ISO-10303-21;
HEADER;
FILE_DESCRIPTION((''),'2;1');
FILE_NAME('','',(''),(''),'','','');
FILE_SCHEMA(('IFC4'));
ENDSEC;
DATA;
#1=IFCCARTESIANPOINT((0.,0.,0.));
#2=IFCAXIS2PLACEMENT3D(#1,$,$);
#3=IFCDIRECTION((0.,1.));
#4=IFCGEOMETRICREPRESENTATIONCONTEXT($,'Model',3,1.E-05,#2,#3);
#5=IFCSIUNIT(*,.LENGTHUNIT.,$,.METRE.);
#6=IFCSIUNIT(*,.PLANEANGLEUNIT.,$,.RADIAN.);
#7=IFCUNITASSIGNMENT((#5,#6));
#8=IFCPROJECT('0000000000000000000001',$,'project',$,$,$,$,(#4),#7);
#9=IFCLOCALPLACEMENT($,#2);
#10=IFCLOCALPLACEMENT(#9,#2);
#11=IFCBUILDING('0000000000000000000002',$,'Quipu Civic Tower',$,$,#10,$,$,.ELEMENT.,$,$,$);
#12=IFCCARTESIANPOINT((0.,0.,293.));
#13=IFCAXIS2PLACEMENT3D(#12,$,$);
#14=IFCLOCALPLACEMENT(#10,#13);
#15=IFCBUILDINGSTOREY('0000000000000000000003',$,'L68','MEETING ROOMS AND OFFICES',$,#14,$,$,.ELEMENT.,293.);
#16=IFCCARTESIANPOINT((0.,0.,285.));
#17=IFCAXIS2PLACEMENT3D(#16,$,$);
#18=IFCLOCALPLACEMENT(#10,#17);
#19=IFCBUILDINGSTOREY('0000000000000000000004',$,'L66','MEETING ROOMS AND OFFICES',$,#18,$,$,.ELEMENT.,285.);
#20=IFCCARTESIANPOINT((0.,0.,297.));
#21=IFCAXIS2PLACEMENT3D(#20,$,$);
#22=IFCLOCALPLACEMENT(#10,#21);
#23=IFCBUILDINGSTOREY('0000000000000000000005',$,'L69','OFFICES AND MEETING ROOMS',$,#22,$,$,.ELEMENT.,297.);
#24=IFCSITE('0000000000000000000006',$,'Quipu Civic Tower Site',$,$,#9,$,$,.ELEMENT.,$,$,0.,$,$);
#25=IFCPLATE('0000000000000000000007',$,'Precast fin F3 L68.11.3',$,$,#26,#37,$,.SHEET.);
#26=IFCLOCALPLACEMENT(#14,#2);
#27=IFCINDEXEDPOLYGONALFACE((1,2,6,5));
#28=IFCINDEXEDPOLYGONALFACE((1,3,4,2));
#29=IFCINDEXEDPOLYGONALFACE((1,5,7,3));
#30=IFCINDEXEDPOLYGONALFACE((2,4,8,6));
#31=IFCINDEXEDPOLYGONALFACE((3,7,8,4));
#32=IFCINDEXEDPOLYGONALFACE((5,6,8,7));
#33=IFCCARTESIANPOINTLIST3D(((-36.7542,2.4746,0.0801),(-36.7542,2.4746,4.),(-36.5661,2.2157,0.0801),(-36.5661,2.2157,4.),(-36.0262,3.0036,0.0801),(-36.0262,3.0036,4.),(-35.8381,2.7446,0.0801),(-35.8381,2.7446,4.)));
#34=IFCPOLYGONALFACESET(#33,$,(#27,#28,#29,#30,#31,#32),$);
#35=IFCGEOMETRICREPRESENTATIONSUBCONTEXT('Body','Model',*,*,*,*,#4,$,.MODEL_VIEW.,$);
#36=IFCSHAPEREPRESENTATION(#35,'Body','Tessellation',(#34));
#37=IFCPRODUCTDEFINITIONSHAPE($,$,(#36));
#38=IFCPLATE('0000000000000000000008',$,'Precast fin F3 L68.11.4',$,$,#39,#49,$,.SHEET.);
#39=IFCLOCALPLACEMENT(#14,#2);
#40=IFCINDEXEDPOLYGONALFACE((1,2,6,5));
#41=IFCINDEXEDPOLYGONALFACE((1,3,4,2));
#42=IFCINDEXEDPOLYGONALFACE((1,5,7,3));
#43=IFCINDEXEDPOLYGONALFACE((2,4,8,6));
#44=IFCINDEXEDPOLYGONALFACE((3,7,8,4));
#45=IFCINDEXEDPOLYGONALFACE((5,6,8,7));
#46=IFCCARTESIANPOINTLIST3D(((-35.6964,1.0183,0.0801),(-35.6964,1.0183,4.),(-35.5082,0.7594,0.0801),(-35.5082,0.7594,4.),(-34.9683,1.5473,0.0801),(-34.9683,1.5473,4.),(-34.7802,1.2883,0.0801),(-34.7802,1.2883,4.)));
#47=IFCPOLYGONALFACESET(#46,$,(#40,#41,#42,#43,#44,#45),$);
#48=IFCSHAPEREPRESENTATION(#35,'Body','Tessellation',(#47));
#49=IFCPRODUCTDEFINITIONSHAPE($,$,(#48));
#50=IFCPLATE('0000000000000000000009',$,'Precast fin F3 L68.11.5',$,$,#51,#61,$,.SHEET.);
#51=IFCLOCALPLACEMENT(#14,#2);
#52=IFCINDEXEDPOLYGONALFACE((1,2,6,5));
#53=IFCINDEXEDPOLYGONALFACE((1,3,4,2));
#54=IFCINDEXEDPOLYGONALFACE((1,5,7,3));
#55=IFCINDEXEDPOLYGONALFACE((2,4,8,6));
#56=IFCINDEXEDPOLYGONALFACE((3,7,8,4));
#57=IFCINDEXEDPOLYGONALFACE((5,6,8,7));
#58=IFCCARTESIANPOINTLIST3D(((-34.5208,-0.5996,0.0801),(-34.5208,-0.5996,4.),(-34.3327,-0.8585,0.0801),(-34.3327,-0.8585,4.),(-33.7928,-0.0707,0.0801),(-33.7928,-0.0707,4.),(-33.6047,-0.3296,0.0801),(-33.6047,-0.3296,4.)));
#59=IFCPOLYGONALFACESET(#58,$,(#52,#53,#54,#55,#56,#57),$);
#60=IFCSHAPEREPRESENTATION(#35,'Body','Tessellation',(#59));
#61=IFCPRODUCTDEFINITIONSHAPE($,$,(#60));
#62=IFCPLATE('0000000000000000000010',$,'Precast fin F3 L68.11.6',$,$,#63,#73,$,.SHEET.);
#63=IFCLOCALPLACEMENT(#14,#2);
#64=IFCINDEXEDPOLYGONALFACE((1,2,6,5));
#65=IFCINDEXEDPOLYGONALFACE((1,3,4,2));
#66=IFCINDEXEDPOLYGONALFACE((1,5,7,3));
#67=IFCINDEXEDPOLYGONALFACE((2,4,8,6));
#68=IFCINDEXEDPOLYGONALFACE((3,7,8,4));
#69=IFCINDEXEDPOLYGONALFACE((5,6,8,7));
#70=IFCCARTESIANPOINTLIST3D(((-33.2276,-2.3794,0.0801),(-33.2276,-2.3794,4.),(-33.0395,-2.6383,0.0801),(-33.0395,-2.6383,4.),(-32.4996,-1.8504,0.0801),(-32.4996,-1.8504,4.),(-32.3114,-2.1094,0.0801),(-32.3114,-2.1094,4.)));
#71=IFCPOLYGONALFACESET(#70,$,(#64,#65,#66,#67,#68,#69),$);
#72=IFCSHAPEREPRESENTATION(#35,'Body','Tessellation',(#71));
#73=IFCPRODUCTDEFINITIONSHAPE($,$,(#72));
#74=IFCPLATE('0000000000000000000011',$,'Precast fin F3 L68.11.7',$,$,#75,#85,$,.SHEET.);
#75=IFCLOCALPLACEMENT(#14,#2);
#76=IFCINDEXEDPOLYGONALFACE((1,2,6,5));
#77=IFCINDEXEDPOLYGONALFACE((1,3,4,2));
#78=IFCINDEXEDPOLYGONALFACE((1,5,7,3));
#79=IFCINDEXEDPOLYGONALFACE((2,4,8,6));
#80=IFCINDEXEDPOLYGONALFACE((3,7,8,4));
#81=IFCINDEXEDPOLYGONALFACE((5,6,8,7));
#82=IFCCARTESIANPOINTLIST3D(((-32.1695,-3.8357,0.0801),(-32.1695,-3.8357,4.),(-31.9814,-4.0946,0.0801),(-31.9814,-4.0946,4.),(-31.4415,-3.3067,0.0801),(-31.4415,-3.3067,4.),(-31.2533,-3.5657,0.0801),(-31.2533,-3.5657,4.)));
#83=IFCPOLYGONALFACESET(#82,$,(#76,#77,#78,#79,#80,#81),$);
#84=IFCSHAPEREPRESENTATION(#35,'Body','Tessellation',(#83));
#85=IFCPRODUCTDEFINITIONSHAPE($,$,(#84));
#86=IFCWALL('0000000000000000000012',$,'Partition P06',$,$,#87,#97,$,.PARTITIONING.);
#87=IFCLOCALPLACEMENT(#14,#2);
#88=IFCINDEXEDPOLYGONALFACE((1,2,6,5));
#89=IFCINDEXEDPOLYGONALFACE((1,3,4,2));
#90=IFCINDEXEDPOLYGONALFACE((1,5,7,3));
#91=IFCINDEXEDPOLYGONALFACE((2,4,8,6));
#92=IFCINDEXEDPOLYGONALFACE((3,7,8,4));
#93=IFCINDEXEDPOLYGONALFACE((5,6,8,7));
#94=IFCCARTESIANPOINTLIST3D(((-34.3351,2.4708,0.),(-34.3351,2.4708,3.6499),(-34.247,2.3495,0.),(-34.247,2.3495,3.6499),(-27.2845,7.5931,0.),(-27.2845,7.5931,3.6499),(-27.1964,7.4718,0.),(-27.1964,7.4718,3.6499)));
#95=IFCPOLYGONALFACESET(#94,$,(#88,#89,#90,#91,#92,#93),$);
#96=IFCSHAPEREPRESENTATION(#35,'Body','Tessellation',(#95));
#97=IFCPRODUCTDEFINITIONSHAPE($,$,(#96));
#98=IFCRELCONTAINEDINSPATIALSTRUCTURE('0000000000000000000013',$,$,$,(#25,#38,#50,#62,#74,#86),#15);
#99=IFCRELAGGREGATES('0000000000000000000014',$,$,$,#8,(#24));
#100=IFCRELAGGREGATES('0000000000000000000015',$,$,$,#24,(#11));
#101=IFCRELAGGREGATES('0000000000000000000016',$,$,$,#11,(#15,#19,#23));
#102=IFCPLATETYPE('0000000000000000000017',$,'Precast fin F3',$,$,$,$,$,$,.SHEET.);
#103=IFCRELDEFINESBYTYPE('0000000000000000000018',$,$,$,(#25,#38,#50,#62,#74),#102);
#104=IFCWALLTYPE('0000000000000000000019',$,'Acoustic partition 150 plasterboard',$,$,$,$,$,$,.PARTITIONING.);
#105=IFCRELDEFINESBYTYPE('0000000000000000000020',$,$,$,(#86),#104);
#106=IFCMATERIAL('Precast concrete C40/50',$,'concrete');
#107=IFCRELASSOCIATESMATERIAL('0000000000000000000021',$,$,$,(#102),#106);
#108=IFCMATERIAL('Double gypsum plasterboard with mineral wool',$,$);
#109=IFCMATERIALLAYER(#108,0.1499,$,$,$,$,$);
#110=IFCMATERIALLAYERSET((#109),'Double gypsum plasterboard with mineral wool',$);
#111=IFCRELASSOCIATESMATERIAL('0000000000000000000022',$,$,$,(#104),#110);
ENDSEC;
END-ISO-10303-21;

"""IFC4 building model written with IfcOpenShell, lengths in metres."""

from ifc_helpers import new_model, si_unit, direction, frame, frame_2d, origin, origin_2d, place, context, subcontext, project, spatial, rectangle, extrude, material, layer, layer_set, type_object, element, save


model = new_model("IFC4")

# Units and contexts
model_context = context("Model", 3, precision=1e-05, world=origin(), true_north=direction((0.0, 1.0)))
body_context = subcontext(model_context, "Body", "Model", "MODEL_VIEW")
ifc_project = project(units=[si_unit("LENGTHUNIT", "METRE"), si_unit("PLANEANGLEUNIT", "RADIAN")], contexts=[model_context])

# Site, building, storey
site_placement = place(None, origin())
site = spatial("IfcSite", under=ifc_project, at=site_placement, Name="Quipu Civic Tower Site", CompositionType="ELEMENT", RefElevation=0.0)
building_placement = place(site_placement, origin())
building = spatial("IfcBuilding", under=site, at=building_placement, Name="Quipu Civic Tower", CompositionType="ELEMENT")
storey_1_placement = place(building_placement, frame((0.0, 0.0, 293.0)))
storey_1 = spatial("IfcBuildingStorey", under=building, at=storey_1_placement, Name="L68", Description="MEETING ROOMS AND OFFICES", CompositionType="ELEMENT", Elevation=293.0)

# Shared definitions
storey_2_placement = place(building_placement, frame((0.0, 0.0, 285.0)))
storey_2 = spatial("IfcBuildingStorey", under=building, at=storey_2_placement, Name="L66", Description="MEETING ROOMS AND OFFICES", CompositionType="ELEMENT", Elevation=285.0)

# Shared definitions
storey_3_placement = place(building_placement, frame((0.0, 0.0, 297.0)))
storey_3 = spatial("IfcBuildingStorey", under=building, at=storey_3_placement, Name="L69", Description="OFFICES AND MEETING ROOMS", CompositionType="ELEMENT", Elevation=297.0)

# Plates
ifc_material_1 = material(Name="Precast concrete C40/50", Category="concrete")
plate_type_1 = type_object("IfcPlateType", Name="Precast fin F3", PredefinedType="SHEET", material=ifc_material_1)
for number, where, z_axis, x_axis, name in (
    (1, (-36.2961, 2.6096, 0.0801), (0.0, 0.0, 1.0), (0.587787, -0.809016, 0.0), "Precast fin F3 L68.11.3"),
    (2, (-35.2383, 1.1533, 0.0801), (0.0, 0.0, 1.0), (0.587787, -0.809016, 0.0), "Precast fin F3 L68.11.4"),
    (3, (-34.0627, -0.4646, 0.0801), (0.0, 0.0, 1.0), (0.587787, -0.809016, 0.0), "Precast fin F3 L68.11.5"),
    (4, (-32.7695, -2.2444, 0.0801), (0.0, 0.0, 1.0), (0.587787, -0.809016, 0.0), "Precast fin F3 L68.11.6"),
    (5, (-31.7114, -3.7007, 0.0801), (0.0, 0.0, 1.0), (0.587787, -0.809016, 0.0), "Precast fin F3 L68.11.7"),
):
    element("IfcPlate", number, at=place(storey_1_placement, frame(where, z_axis=z_axis, x_axis=x_axis)), inside=storey_1, type_object=plate_type_1, Name=name, PredefinedType="SHEET", context=body_context, shape_type="SweptSolid", body=[
        extrude(rectangle(XDim=0.3201, YDim=0.8999, at=origin_2d()), origin(), (0.0, 0.0, 1.0), 3.9199),
    ])

# Wall
ifc_material_2 = material(Name="Double gypsum plasterboard with mineral wool")
ifc_layer_1 = layer(ifc_material_2, 0.1499)
ifc_layer_set_1 = layer_set([ifc_layer_1], Name="Double gypsum plasterboard with mineral wool")
wall_type = type_object("IfcWallType", Name="Acoustic partition 150 plasterboard", PredefinedType="PARTITIONING", material=ifc_layer_set_1)
wall_placement = place(storey_1_placement, frame((-34.291, 2.4102, 0.0), z_axis=(0.0, 0.0, 1.0), x_axis=(0.809028, 0.58777, 0.0)))
element("IfcWall", 6, at=wall_placement, inside=storey_1, type_object=wall_type, Name="Partition P06", PredefinedType="PARTITIONING", context=body_context, shape_type="SweptSolid", body=[
    extrude(rectangle(XDim=8.7148, YDim=0.1499, at=frame_2d((4.3574, 0.0))), origin(), (0.0, 0.0, 1.0), 3.6499),
])

save(model, "model.ifc")
